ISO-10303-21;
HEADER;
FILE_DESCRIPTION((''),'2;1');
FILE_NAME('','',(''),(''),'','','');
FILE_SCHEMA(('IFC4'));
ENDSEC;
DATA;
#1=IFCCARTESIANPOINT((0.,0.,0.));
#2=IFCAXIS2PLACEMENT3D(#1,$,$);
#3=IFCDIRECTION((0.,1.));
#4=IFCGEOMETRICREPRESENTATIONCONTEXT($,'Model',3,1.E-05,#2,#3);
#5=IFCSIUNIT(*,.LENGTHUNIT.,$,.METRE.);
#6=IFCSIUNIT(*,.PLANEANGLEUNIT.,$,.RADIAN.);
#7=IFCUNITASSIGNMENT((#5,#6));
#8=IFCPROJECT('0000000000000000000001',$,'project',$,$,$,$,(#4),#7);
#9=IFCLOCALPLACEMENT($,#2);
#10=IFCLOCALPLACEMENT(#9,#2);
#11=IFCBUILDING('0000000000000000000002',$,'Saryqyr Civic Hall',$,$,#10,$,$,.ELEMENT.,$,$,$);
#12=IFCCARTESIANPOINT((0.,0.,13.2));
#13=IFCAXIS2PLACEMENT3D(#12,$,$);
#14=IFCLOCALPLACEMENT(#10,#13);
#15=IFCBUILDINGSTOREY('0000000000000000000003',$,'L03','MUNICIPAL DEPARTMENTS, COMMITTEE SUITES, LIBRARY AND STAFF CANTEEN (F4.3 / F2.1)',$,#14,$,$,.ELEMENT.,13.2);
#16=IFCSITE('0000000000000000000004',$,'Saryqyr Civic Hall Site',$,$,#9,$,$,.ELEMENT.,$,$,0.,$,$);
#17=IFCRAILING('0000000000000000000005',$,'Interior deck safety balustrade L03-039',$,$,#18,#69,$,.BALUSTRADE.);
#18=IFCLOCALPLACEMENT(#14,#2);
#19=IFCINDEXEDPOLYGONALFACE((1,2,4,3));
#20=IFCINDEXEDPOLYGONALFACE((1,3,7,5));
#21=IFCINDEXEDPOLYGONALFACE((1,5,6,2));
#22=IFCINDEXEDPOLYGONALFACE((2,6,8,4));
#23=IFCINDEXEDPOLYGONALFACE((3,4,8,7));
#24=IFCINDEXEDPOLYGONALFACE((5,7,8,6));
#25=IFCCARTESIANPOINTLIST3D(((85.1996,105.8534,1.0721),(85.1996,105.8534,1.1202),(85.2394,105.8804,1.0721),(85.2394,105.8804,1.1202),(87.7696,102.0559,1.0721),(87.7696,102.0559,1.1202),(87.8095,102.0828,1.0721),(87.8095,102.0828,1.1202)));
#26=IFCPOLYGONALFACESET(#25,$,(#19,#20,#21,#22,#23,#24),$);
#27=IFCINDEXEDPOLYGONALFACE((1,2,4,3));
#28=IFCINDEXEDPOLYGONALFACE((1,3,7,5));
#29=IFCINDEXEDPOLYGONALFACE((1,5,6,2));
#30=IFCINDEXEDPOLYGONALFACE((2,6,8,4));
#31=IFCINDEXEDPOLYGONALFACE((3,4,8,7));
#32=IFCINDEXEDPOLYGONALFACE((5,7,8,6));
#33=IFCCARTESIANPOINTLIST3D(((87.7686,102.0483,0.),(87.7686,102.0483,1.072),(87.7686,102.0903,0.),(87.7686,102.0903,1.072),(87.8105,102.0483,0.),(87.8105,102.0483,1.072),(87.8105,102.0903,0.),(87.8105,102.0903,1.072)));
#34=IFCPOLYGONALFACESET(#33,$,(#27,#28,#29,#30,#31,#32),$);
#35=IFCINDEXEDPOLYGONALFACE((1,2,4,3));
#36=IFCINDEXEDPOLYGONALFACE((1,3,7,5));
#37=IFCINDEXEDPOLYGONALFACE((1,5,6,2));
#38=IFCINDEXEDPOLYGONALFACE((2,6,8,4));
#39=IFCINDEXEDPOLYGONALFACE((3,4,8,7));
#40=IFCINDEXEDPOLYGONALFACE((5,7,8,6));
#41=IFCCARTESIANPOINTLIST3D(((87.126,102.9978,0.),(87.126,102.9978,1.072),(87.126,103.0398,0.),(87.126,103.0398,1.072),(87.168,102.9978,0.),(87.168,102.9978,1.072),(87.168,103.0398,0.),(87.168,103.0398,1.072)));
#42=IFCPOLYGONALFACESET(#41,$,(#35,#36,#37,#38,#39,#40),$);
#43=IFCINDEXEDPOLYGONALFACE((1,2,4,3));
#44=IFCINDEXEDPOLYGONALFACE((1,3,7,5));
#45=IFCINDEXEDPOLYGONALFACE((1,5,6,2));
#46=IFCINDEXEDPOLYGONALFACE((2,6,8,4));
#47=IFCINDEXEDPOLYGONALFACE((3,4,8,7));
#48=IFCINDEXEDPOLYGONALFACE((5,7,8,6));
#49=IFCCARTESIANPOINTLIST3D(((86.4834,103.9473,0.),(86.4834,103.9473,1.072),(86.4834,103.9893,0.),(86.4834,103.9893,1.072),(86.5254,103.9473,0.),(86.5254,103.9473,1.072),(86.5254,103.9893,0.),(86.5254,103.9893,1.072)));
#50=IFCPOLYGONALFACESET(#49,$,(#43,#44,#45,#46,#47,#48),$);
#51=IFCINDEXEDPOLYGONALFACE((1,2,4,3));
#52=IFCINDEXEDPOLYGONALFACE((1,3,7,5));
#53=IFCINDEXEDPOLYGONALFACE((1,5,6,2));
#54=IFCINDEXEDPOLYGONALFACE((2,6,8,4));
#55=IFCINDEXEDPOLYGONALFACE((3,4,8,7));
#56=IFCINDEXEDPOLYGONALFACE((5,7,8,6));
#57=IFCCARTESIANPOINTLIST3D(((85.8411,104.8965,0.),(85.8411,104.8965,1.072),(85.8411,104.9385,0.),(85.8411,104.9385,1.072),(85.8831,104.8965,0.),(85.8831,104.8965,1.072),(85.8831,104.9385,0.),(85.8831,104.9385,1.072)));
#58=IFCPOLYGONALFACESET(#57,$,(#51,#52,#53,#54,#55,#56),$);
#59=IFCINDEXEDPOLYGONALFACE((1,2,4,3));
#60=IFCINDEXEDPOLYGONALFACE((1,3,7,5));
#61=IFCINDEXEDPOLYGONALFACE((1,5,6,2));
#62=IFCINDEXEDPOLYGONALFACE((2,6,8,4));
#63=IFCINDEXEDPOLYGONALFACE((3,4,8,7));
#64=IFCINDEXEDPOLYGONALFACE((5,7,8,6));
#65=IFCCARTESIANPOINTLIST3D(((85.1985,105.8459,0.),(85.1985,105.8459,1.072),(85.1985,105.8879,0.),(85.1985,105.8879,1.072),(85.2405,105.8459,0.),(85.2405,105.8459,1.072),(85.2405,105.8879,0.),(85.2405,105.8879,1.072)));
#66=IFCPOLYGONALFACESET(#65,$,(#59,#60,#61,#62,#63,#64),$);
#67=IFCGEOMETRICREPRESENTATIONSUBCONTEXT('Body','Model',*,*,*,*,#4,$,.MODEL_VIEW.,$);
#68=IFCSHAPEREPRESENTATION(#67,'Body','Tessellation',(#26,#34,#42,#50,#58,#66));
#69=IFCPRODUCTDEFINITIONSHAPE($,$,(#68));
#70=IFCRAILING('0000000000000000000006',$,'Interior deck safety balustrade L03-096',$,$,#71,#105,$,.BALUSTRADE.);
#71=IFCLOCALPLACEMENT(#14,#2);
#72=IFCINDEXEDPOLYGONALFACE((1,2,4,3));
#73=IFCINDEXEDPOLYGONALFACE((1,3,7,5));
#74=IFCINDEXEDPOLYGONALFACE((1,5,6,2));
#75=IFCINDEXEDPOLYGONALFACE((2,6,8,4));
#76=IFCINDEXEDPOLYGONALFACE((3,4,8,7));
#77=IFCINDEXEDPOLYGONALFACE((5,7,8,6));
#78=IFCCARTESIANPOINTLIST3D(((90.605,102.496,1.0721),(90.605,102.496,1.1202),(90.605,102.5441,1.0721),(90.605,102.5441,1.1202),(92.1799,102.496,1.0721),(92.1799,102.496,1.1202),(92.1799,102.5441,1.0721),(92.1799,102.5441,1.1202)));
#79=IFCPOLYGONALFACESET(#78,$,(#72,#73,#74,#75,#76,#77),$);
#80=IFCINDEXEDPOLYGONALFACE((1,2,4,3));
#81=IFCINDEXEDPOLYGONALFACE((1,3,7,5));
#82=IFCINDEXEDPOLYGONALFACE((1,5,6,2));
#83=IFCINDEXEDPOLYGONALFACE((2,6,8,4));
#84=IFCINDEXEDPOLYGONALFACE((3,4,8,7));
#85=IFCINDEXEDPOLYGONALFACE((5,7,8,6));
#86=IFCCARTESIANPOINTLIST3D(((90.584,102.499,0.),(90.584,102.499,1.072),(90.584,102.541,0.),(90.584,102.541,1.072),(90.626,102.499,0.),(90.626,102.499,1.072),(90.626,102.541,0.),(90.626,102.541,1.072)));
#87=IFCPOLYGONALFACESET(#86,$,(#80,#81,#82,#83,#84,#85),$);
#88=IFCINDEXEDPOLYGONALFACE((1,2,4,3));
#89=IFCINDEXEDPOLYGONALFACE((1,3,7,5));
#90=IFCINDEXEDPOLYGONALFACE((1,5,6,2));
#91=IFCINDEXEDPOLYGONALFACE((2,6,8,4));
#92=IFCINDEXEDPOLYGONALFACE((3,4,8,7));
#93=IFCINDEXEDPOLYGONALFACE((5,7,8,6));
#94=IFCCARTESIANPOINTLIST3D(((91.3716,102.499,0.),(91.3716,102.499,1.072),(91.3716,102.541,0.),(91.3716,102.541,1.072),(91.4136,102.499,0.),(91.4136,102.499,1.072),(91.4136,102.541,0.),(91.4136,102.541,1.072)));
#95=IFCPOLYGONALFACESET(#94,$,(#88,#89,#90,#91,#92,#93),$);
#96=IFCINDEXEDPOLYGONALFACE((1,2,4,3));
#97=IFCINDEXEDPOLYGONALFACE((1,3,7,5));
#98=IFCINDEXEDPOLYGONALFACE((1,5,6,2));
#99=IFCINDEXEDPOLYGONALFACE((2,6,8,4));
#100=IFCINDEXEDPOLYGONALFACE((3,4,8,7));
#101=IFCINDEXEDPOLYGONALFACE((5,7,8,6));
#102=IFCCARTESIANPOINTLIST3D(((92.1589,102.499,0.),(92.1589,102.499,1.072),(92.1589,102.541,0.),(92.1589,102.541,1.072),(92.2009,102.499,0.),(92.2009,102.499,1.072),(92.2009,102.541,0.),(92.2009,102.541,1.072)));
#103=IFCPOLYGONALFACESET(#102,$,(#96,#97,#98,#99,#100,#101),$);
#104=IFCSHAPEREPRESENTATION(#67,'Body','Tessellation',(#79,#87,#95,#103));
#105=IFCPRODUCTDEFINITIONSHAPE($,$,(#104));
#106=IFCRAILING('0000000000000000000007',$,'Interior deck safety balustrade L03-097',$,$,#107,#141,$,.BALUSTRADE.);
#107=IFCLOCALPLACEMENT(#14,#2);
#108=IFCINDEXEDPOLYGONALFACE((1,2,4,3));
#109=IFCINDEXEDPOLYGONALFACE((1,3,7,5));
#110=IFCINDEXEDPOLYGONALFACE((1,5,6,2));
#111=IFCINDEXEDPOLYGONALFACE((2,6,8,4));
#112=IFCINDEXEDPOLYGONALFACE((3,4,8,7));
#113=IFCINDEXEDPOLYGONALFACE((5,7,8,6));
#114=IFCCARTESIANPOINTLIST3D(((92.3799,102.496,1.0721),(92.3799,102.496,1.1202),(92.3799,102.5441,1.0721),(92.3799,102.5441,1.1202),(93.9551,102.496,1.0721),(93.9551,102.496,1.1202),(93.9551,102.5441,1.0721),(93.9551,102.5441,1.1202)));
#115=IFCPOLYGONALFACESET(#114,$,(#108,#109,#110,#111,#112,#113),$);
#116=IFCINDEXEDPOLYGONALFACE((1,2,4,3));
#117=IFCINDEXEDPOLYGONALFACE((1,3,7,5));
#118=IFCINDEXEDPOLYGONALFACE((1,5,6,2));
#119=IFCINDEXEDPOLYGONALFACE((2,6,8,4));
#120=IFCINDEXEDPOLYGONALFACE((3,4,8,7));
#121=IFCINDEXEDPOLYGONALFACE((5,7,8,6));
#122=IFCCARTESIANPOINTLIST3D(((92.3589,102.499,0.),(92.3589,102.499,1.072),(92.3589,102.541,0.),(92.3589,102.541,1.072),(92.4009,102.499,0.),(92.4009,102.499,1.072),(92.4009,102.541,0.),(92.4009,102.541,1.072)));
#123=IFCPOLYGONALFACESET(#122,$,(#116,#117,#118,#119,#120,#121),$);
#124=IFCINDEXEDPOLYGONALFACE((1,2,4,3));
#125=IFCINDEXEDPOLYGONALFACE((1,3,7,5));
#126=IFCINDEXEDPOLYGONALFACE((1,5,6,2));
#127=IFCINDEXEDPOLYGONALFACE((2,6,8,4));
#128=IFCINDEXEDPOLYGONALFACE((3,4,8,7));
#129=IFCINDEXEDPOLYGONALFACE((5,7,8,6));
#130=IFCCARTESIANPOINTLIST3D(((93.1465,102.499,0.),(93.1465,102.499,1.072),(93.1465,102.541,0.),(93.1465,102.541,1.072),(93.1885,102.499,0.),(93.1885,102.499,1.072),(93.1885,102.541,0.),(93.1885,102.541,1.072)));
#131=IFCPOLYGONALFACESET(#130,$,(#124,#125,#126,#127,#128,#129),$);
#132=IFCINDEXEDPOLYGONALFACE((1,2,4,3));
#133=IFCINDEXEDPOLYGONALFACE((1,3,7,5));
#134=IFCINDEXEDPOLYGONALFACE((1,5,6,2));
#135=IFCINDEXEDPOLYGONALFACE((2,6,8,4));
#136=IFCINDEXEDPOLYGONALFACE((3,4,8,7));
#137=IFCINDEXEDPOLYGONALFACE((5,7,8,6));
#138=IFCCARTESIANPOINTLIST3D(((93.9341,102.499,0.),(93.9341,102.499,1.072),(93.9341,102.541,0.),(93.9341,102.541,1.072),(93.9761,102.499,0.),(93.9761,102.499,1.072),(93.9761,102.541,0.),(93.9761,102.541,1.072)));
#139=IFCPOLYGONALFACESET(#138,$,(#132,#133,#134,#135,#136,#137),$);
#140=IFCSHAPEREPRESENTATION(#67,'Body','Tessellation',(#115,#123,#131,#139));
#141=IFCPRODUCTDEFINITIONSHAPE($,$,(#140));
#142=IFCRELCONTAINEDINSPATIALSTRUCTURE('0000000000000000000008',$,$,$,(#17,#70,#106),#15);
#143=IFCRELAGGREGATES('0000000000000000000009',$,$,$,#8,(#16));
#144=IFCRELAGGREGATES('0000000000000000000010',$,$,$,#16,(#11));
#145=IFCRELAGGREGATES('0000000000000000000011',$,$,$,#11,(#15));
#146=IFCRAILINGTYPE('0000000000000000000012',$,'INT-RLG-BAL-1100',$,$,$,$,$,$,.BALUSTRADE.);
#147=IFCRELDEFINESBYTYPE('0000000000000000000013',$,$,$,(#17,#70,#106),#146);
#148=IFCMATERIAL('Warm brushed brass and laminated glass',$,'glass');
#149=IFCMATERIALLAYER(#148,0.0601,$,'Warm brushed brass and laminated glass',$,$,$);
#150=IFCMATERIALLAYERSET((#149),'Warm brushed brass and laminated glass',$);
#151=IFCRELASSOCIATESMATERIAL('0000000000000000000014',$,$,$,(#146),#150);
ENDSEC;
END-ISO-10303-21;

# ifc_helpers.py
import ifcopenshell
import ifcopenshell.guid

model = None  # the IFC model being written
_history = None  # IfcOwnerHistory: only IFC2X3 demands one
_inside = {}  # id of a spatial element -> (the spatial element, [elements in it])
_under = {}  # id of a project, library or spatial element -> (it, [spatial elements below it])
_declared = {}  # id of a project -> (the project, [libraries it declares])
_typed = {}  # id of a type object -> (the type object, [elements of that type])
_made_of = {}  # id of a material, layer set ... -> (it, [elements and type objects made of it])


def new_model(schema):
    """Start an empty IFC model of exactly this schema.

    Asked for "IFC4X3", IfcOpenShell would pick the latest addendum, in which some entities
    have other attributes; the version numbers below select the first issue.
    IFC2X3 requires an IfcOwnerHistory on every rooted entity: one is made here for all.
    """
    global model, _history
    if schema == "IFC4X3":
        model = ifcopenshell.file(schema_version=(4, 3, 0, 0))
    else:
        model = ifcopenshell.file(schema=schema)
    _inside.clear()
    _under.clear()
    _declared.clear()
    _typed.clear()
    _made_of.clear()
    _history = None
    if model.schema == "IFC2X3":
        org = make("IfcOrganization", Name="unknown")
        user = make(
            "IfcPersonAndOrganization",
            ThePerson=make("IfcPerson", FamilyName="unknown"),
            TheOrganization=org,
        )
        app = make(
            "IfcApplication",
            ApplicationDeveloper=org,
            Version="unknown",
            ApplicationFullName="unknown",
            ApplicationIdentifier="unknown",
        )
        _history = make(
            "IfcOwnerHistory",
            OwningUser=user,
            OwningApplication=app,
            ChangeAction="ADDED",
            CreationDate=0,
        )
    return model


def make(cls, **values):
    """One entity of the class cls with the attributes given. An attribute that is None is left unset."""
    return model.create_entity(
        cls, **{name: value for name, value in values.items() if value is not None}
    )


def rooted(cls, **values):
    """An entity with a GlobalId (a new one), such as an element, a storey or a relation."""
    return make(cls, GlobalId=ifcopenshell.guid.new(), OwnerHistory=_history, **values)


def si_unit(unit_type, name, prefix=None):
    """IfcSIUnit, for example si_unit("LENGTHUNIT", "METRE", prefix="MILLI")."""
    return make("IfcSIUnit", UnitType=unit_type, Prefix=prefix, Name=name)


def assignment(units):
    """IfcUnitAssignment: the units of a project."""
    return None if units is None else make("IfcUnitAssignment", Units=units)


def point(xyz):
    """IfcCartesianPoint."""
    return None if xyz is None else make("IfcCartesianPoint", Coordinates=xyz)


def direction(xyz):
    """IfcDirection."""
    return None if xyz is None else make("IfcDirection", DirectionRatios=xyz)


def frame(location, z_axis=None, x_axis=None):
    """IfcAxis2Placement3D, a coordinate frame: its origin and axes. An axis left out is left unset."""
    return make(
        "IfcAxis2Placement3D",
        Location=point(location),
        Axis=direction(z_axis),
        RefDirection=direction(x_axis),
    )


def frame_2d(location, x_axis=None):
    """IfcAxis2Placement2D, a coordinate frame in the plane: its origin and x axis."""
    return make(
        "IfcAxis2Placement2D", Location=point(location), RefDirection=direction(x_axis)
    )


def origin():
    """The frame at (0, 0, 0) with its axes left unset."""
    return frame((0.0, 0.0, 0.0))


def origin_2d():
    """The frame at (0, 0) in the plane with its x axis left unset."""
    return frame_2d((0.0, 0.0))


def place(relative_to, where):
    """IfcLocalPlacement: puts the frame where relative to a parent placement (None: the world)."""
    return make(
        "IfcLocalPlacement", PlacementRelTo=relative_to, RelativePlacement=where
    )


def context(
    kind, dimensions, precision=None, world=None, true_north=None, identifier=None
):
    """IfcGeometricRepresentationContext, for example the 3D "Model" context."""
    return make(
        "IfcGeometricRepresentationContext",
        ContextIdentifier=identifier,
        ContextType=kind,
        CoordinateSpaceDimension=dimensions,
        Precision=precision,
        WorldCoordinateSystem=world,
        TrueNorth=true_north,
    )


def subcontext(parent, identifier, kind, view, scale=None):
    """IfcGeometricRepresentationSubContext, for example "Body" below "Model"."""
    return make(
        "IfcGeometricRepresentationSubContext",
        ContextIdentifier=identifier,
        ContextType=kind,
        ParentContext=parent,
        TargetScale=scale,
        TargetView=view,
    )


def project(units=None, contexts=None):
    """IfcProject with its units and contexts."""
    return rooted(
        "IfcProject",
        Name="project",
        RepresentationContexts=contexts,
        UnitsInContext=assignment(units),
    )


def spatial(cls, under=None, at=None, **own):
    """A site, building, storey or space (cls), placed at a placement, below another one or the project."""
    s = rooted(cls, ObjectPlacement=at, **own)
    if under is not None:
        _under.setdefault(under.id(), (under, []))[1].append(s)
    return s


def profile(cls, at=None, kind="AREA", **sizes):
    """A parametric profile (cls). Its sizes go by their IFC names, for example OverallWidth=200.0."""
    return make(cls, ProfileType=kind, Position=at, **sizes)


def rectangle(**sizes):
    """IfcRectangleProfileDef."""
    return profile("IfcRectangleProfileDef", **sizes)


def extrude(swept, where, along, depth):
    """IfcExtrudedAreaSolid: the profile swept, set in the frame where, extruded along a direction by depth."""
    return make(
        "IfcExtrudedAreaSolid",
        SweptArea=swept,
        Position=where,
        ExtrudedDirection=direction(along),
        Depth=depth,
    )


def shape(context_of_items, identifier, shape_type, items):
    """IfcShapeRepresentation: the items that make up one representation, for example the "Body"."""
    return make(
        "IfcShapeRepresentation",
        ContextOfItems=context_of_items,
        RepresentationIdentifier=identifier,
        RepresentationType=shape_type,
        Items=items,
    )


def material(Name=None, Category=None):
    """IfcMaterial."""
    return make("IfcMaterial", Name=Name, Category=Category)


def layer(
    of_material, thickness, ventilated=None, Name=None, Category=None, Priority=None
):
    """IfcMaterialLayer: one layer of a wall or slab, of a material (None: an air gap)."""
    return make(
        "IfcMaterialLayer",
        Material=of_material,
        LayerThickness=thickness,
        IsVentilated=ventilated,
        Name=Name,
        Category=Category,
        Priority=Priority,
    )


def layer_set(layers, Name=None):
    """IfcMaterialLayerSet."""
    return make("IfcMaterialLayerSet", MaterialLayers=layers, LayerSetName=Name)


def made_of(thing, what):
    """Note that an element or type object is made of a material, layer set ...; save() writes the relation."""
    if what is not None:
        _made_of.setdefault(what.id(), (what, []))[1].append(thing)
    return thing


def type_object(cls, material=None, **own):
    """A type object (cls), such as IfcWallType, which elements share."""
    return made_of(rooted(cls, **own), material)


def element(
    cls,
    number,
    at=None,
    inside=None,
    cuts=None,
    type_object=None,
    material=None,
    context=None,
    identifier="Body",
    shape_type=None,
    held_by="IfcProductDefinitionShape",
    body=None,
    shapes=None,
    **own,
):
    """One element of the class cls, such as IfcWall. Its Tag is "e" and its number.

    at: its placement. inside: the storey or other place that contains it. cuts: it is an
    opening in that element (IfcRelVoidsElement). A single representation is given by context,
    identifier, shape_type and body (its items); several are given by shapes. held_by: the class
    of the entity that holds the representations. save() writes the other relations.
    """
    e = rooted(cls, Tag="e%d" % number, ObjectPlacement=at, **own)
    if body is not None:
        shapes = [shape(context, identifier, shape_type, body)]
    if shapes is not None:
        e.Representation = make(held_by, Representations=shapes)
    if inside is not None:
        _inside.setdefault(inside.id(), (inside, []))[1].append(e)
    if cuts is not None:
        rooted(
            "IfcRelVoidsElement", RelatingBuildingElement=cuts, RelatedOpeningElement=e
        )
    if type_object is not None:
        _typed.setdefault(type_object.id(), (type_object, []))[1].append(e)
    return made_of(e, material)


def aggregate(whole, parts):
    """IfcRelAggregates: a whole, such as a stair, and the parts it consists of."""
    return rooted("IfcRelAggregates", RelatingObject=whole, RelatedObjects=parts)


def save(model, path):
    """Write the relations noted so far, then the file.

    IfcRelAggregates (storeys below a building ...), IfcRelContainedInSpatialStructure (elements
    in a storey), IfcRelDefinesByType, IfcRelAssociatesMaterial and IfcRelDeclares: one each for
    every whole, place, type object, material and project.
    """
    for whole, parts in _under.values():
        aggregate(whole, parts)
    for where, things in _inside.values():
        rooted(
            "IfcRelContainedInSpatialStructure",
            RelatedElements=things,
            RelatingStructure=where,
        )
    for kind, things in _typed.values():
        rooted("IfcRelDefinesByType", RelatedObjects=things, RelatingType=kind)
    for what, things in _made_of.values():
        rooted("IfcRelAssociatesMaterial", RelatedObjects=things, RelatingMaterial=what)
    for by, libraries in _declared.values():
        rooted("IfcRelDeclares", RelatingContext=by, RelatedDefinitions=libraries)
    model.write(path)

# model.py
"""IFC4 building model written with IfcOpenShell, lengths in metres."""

from ifc_helpers import new_model, si_unit, direction, frame, origin, origin_2d, place, context, subcontext, project, spatial, rectangle, extrude, material, layer, layer_set, type_object, element, save


model = new_model("IFC4")

# Units and contexts
model_context = context("Model", 3, precision=1e-05, world=origin(), true_north=direction((0.0, 1.0)))
body_context = subcontext(model_context, "Body", "Model", "MODEL_VIEW")
ifc_project = project(units=[si_unit("LENGTHUNIT", "METRE"), si_unit("PLANEANGLEUNIT", "RADIAN")], contexts=[model_context])

# Site, building, storey
site_placement = place(None, origin())
site = spatial("IfcSite", under=ifc_project, at=site_placement, Name="Saryqyr Civic Hall Site", CompositionType="ELEMENT", RefElevation=0.0)
building_placement = place(site_placement, origin())
building = spatial("IfcBuilding", under=site, at=building_placement, Name="Saryqyr Civic Hall", CompositionType="ELEMENT")
storey_placement = place(building_placement, frame((0.0, 0.0, 13.2)))
storey = spatial("IfcBuildingStorey", under=building, at=storey_placement, Name="L03", Description="MUNICIPAL DEPARTMENTS, COMMITTEE SUITES, LIBRARY AND STAFF CANTEEN (F4.3 / F2.1)", CompositionType="ELEMENT", Elevation=13.2)

# Railings
ifc_material_1 = material(Name="Warm brushed brass and laminated glass", Category="glass")
ifc_layer_1 = layer(ifc_material_1, 0.0601, Name="Warm brushed brass and laminated glass")
ifc_layer_set_1 = layer_set([ifc_layer_1], Name="Warm brushed brass and laminated glass")
railing_type = type_object("IfcRailingType", Name="INT-RLG-BAL-1100", PredefinedType="BALUSTRADE", material=ifc_layer_set_1)
railing_1_placement = place(storey_placement, frame((87.7896, 102.0693, 0.0)))
element("IfcRailing", 1, at=railing_1_placement, inside=storey, type_object=railing_type, Name="Interior deck safety balustrade L03-039", PredefinedType="BALUSTRADE", context=body_context, shape_type="SweptSolid", body=[
    extrude(rectangle(XDim=0.0481, YDim=0.0481, at=origin_2d()), frame((0.0, 0.0, 1.0962), z_axis=(-0.560474, 0.828172, 0.0), x_axis=(-0.828172, -0.560474, 0.0)), (0.0, 0.0, 1.0), 4.5854),
    extrude(rectangle(XDim=0.042, YDim=0.042, at=origin_2d()), origin(), (0.0, 0.0, 1.0), 1.072),
    extrude(rectangle(XDim=0.042, YDim=0.042, at=origin_2d()), frame((-0.6426, 0.9495, 0.0)), (0.0, 0.0, 1.0), 1.072),
    extrude(rectangle(XDim=0.042, YDim=0.042, at=origin_2d()), frame((-1.2852, 1.8989, 0.0)), (0.0, 0.0, 1.0), 1.072),
    extrude(rectangle(XDim=0.042, YDim=0.042, at=origin_2d()), frame((-1.9275, 2.8481, 0.0)), (0.0, 0.0, 1.0), 1.072),
    extrude(rectangle(XDim=0.042, YDim=0.042, at=origin_2d()), frame((-2.5701, 3.7976, 0.0)), (0.0, 0.0, 1.0), 1.072),
])
railing_2_placement = place(storey_placement, frame((90.605, 102.52, 0.0)))
element("IfcRailing", 2, at=railing_2_placement, inside=storey, type_object=railing_type, Name="Interior deck safety balustrade L03-096", PredefinedType="BALUSTRADE", context=body_context, shape_type="SweptSolid", body=[
    extrude(rectangle(XDim=0.0481, YDim=0.0481, at=origin_2d()), frame((0.0, 0.0, 1.0962), z_axis=(1.0, 0.0, 0.0), x_axis=(0.0, 1.0, 0.0)), (0.0, 0.0, 1.0), 1.575),
    extrude(rectangle(XDim=0.042, YDim=0.042, at=origin_2d()), origin(), (0.0, 0.0, 1.0), 1.072),
    extrude(rectangle(XDim=0.042, YDim=0.042, at=origin_2d()), frame((0.7876, 0.0, 0.0)), (0.0, 0.0, 1.0), 1.072),
    extrude(rectangle(XDim=0.042, YDim=0.042, at=origin_2d()), frame((1.575, 0.0, 0.0)), (0.0, 0.0, 1.0), 1.072),
])
railing_3_placement = place(storey_placement, frame((92.3799, 102.52, 0.0)))
element("IfcRailing", 3, at=railing_3_placement, inside=storey, type_object=railing_type, Name="Interior deck safety balustrade L03-097", PredefinedType="BALUSTRADE", context=body_context, shape_type="SweptSolid", body=[
    extrude(rectangle(XDim=0.0481, YDim=0.0481, at=origin_2d()), frame((0.0, 0.0, 1.0962), z_axis=(1.0, 0.0, 0.0), x_axis=(0.0, 1.0, 0.0)), (0.0, 0.0, 1.0), 1.5752),
    extrude(rectangle(XDim=0.042, YDim=0.042, at=origin_2d()), origin(), (0.0, 0.0, 1.0), 1.072),
    extrude(rectangle(XDim=0.042, YDim=0.042, at=origin_2d()), frame((0.7876, 0.0, 0.0)), (0.0, 0.0, 1.0), 1.072),
    extrude(rectangle(XDim=0.042, YDim=0.042, at=origin_2d()), frame((1.5752, 0.0, 0.0)), (0.0, 0.0, 1.0), 1.072),
])

save(model, "model.ifc")
